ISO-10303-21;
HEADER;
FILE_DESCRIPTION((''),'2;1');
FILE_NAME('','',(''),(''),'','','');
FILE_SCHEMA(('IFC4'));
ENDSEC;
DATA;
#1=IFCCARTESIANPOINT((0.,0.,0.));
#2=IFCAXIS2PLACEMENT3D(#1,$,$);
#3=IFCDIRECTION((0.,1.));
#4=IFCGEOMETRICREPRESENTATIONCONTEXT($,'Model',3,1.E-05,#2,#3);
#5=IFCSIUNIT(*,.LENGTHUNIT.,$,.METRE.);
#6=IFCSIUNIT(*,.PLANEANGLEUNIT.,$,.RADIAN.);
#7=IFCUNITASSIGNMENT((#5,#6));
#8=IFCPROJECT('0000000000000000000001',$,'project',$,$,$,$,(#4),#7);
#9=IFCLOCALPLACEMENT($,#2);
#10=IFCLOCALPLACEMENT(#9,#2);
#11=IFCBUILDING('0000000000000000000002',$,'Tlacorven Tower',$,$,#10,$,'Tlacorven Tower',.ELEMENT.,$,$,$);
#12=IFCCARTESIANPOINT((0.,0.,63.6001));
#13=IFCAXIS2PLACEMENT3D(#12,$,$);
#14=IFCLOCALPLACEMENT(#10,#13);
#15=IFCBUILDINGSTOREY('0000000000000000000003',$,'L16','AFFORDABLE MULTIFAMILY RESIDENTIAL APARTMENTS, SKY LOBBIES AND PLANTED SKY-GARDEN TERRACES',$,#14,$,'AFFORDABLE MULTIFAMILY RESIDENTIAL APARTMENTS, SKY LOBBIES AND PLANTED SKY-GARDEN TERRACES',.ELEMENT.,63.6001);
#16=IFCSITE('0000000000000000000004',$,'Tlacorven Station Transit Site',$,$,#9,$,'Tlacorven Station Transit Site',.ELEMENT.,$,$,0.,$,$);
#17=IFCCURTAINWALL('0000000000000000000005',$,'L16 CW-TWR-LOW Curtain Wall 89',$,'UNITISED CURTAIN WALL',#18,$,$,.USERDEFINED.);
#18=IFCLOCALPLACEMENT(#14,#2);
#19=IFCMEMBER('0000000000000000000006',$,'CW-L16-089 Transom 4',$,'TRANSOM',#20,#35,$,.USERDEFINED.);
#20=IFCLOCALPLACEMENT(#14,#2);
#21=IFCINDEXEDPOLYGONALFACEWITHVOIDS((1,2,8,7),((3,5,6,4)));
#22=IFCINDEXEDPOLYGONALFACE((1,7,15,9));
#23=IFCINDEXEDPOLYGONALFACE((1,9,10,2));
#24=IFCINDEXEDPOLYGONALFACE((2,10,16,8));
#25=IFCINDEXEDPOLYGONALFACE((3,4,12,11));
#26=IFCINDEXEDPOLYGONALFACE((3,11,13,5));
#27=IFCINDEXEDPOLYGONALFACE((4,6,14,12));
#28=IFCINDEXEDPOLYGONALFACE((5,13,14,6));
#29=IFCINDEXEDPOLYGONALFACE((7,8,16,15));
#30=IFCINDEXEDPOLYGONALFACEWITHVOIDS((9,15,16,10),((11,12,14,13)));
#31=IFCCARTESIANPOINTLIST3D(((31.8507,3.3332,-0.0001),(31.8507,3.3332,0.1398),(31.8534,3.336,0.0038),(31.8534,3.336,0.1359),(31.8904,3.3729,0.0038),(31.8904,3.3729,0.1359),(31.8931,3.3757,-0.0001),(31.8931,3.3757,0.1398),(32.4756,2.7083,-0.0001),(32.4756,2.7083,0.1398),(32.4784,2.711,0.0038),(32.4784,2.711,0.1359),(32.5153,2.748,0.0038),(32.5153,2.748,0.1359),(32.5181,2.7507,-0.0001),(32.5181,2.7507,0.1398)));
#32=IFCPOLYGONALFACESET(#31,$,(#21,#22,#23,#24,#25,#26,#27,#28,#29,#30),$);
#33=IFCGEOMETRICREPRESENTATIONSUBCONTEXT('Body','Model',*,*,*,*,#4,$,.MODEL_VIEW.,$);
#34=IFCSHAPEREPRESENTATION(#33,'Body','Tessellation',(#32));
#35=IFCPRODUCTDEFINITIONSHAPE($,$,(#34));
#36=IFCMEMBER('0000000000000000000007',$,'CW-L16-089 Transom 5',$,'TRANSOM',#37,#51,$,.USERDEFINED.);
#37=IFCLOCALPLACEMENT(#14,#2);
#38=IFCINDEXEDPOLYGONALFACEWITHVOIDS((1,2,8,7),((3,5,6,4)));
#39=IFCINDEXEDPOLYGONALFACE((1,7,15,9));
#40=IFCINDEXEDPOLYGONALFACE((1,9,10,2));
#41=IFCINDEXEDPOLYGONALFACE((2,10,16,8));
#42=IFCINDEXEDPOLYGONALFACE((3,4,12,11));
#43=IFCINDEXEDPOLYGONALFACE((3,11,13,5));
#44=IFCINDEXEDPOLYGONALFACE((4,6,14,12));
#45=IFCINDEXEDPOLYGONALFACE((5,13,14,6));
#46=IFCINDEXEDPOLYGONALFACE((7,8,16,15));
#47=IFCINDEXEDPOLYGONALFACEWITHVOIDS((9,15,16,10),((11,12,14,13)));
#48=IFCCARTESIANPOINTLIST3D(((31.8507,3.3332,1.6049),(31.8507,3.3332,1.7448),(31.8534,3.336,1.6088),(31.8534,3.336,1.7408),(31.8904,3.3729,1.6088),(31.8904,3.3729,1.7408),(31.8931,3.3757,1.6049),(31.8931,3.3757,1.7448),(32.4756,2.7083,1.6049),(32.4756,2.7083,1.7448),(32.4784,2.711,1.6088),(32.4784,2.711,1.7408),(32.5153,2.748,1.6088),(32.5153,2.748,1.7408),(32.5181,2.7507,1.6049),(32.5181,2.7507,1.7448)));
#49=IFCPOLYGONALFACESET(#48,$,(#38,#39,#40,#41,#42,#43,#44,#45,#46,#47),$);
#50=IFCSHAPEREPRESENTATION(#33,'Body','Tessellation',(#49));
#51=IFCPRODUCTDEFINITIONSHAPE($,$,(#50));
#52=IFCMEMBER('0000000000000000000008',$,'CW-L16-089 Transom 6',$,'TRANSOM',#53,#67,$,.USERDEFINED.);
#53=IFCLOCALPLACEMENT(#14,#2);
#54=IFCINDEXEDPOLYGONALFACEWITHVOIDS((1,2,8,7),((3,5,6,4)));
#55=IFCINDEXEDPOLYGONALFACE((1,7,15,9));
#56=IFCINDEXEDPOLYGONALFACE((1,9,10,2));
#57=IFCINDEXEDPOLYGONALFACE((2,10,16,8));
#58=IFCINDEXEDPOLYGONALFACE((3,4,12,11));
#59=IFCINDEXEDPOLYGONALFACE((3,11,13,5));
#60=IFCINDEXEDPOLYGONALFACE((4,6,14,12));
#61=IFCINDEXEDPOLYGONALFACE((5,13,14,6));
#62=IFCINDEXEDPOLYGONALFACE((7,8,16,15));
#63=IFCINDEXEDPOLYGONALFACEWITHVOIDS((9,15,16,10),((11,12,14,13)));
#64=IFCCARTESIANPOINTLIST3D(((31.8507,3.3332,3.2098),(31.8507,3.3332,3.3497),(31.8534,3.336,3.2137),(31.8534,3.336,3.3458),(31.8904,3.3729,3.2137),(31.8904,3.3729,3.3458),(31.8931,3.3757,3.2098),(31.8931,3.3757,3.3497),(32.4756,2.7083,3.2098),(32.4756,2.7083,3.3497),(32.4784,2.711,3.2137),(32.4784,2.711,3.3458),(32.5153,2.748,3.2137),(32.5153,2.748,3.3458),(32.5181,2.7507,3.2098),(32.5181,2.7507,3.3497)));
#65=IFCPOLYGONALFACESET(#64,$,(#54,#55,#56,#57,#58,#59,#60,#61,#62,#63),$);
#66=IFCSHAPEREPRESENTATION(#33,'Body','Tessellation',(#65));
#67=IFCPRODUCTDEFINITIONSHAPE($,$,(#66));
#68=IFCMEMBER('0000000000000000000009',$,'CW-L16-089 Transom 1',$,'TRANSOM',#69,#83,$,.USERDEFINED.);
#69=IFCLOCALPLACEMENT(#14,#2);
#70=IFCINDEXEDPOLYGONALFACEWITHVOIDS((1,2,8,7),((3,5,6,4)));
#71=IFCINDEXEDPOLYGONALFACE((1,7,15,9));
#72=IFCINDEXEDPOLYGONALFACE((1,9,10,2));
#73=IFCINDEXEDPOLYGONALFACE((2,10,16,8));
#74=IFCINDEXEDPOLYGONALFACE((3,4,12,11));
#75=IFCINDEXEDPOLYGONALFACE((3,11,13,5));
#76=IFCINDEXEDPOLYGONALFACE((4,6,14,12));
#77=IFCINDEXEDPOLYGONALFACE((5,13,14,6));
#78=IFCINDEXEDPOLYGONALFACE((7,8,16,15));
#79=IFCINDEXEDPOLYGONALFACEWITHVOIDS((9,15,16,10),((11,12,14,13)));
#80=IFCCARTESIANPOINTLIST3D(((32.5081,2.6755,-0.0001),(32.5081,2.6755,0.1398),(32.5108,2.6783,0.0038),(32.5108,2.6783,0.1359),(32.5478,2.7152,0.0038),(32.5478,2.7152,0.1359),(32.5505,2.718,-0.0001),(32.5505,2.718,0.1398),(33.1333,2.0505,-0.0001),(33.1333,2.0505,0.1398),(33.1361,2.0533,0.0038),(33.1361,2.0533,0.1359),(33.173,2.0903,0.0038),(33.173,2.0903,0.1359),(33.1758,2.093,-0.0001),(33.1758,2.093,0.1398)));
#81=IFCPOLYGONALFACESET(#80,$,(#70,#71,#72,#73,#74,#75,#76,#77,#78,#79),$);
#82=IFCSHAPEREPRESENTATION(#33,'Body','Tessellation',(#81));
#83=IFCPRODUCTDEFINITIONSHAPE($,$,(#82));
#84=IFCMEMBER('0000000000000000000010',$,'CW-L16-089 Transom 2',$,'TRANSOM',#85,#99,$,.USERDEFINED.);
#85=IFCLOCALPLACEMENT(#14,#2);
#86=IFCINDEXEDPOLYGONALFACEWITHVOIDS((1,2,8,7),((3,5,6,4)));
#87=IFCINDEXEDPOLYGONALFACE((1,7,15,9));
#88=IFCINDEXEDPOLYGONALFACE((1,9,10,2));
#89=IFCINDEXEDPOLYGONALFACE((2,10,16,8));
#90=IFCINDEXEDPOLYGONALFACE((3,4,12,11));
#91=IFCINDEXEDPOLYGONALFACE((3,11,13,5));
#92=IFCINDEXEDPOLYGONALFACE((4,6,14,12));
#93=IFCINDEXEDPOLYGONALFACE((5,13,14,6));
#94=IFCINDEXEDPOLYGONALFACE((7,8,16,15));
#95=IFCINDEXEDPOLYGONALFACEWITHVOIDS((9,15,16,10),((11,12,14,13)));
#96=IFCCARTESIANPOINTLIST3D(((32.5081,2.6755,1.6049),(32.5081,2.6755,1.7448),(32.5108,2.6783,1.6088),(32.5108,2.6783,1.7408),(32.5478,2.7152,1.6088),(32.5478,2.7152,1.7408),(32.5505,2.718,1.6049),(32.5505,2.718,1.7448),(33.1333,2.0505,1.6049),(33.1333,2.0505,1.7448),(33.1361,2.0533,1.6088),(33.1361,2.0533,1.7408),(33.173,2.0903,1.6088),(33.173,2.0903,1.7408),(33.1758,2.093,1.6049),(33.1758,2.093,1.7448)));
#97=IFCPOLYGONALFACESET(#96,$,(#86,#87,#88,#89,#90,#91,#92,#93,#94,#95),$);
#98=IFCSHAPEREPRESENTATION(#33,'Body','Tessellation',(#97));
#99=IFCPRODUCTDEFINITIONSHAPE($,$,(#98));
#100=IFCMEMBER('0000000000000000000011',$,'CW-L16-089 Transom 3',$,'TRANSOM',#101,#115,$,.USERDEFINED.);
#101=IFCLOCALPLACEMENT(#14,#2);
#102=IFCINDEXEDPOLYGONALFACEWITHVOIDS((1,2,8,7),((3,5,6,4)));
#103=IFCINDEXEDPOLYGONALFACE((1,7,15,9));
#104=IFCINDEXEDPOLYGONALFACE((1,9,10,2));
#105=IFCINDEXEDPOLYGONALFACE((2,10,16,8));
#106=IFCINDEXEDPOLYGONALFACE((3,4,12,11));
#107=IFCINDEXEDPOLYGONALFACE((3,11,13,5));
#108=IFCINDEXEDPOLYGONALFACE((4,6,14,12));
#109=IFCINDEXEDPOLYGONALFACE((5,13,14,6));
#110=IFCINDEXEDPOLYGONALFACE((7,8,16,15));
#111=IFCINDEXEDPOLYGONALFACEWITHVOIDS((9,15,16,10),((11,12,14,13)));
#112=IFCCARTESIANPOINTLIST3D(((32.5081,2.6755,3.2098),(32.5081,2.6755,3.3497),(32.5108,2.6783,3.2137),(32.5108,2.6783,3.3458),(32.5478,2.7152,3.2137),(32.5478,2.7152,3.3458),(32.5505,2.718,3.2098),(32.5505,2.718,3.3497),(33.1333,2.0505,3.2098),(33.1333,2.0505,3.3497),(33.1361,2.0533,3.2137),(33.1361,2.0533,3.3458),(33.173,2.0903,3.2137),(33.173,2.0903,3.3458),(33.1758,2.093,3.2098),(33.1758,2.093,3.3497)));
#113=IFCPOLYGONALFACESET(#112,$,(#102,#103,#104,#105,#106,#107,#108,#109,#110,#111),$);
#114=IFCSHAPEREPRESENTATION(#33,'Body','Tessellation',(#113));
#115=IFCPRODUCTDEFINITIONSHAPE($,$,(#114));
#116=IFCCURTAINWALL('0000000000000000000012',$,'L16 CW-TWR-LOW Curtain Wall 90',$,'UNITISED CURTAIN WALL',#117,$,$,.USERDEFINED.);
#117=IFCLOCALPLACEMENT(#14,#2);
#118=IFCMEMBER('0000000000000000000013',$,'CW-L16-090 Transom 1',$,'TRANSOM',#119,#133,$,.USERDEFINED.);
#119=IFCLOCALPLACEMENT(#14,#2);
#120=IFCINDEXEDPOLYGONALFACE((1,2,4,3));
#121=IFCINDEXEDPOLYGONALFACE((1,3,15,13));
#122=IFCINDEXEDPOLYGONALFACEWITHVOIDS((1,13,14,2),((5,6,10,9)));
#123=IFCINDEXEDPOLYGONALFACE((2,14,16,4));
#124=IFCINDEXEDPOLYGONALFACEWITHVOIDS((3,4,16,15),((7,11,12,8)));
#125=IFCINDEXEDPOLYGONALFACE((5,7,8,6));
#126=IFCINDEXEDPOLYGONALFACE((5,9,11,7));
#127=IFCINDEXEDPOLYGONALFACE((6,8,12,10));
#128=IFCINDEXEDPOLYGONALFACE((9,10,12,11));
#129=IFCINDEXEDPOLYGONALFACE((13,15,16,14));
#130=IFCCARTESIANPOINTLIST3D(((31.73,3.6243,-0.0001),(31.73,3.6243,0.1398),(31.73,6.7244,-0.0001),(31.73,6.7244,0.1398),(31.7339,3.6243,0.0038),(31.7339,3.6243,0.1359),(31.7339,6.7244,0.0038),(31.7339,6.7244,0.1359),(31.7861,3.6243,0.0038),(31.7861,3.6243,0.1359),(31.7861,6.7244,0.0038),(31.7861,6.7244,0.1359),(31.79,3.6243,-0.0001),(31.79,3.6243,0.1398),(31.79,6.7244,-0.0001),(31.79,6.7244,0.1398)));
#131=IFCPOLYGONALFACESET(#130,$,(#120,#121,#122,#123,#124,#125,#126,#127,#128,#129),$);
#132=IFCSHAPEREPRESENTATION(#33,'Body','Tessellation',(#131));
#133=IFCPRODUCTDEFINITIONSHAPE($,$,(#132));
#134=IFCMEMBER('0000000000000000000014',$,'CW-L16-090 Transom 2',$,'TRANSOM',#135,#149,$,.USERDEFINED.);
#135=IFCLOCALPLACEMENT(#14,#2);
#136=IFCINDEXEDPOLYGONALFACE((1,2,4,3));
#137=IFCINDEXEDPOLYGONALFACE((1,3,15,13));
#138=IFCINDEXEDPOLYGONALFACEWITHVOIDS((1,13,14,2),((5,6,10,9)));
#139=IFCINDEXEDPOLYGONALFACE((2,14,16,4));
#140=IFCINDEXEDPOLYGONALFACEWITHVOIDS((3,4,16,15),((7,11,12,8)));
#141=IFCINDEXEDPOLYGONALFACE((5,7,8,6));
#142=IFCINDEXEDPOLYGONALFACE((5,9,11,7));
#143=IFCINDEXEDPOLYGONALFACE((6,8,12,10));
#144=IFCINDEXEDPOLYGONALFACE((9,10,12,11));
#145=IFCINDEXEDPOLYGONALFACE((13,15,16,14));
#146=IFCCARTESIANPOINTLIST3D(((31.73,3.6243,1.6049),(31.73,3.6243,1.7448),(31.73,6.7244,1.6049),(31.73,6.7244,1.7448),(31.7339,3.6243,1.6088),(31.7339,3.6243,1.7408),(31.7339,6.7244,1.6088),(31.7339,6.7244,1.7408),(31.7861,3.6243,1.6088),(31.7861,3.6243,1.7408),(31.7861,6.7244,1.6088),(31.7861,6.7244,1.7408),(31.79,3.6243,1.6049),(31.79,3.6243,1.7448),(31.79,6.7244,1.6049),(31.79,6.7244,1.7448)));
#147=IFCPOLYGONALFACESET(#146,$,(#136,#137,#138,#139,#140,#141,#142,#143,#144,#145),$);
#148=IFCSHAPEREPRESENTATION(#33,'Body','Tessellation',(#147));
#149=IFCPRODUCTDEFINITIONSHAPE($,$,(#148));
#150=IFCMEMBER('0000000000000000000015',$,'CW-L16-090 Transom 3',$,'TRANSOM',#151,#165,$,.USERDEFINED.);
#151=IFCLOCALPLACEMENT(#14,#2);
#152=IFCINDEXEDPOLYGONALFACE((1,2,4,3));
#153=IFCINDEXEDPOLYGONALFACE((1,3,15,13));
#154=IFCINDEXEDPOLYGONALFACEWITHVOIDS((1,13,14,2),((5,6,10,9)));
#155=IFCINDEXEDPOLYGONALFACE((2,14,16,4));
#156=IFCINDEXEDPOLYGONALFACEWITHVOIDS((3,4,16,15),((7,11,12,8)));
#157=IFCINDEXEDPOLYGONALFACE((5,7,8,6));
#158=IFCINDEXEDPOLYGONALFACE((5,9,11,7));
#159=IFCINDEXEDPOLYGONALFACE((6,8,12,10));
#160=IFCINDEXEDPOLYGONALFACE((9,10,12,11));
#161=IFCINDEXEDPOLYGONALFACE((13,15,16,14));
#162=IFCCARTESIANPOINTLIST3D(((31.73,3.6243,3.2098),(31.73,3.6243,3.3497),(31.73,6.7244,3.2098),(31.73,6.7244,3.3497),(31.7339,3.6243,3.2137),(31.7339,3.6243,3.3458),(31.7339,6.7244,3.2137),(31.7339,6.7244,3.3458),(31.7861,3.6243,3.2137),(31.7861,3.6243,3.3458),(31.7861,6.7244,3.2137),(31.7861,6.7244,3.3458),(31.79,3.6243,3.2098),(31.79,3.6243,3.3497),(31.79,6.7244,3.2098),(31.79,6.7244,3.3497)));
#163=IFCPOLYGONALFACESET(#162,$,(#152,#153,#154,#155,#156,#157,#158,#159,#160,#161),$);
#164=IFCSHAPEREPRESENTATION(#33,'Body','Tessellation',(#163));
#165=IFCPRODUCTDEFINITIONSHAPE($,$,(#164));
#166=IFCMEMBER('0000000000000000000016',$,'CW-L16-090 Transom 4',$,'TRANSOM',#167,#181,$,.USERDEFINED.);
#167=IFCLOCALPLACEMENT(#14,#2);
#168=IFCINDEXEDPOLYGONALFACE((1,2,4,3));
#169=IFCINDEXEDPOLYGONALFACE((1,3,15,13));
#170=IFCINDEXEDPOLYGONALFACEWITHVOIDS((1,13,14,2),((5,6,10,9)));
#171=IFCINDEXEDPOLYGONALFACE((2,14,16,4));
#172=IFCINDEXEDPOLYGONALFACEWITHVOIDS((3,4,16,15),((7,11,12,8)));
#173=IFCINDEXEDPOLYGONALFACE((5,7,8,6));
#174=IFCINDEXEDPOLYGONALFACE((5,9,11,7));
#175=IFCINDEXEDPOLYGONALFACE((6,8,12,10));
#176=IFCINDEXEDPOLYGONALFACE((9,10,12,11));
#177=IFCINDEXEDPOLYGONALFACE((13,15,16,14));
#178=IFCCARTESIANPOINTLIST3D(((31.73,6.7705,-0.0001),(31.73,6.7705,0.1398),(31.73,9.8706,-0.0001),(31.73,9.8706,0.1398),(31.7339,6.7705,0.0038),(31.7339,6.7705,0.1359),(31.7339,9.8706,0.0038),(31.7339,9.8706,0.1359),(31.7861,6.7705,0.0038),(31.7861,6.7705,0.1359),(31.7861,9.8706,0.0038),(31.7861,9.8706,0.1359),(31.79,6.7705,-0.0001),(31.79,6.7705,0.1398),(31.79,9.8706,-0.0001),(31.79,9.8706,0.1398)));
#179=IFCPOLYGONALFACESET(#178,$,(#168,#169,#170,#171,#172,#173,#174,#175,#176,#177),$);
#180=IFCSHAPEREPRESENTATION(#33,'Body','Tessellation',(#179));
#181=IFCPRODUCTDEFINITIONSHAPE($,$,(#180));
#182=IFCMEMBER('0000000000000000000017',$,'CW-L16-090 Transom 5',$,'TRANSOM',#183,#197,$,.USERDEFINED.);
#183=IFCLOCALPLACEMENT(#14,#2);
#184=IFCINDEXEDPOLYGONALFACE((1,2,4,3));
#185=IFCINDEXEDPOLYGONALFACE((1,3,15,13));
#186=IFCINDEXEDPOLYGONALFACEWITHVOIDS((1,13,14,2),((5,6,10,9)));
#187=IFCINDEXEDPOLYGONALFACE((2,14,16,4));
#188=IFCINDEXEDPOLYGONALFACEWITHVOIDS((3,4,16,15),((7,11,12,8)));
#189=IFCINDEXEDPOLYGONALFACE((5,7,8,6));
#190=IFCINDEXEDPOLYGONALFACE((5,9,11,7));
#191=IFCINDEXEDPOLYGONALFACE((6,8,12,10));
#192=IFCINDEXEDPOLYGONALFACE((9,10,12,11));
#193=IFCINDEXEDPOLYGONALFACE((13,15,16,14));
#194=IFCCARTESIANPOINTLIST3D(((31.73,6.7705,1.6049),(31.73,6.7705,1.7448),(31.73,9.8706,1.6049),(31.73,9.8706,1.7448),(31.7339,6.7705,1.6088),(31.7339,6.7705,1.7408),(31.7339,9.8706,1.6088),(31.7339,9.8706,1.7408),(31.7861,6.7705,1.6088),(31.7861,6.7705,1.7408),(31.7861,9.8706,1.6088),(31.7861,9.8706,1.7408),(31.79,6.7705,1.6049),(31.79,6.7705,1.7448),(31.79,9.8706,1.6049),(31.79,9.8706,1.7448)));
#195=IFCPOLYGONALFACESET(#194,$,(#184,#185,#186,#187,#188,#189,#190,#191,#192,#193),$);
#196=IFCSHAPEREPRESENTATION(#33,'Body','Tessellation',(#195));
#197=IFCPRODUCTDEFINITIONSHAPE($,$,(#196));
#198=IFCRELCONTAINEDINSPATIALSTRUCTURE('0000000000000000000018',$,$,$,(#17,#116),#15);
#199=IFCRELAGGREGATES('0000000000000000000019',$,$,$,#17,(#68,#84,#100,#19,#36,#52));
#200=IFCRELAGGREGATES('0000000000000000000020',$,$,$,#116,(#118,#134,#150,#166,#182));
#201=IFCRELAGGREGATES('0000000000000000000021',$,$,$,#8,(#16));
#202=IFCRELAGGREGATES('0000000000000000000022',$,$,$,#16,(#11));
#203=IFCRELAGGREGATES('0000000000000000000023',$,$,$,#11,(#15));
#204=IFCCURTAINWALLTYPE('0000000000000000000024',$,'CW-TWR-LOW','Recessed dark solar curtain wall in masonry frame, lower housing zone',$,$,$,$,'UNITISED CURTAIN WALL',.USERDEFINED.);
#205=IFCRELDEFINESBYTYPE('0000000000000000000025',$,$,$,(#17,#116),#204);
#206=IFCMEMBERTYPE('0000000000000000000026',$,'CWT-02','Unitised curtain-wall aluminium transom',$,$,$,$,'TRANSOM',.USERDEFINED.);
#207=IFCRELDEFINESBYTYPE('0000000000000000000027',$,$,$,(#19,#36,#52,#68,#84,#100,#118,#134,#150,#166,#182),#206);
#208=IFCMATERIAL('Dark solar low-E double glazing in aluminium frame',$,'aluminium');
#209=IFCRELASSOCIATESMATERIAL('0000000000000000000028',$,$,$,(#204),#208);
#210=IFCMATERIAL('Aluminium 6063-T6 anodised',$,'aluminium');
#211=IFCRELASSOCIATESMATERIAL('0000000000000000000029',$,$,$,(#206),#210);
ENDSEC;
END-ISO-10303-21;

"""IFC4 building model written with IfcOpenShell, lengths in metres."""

from ifc_helpers import new_model, si_unit, direction, frame, origin, origin_2d, place, context, subcontext, project, spatial, hollow_rectangle, extrude, source, transform, mapped, material, material_profile, profile_set, type_object, element, aggregate, save


model = new_model("IFC4")

# Units and contexts
model_context = context("Model", 3, precision=1e-05, world=origin(), true_north=direction((0.0, 1.0)))
body_context = subcontext(model_context, "Body", "Model", "MODEL_VIEW")
ifc_project = project(units=[si_unit("LENGTHUNIT", "METRE"), si_unit("PLANEANGLEUNIT", "RADIAN")], contexts=[model_context])

# Site, building, storey
site_placement = place(None, origin())
site = spatial("IfcSite", under=ifc_project, at=site_placement, Name="Tlacorven Station Transit Site", LongName="Tlacorven Station Transit Site", CompositionType="ELEMENT", RefElevation=0.0)
building_placement = place(site_placement, origin())
building = spatial("IfcBuilding", under=site, at=building_placement, Name="Tlacorven Tower", LongName="Tlacorven Tower", CompositionType="ELEMENT")
storey_placement = place(building_placement, frame((0.0, 0.0, 63.6001)))
storey = spatial("IfcBuildingStorey", under=building, at=storey_placement, Name="L16", Description="AFFORDABLE MULTIFAMILY RESIDENTIAL APARTMENTS, SKY LOBBIES AND PLANTED SKY-GARDEN TERRACES", LongName="AFFORDABLE MULTIFAMILY RESIDENTIAL APARTMENTS, SKY LOBBIES AND PLANTED SKY-GARDEN TERRACES", CompositionType="ELEMENT", Elevation=63.6001)

# Curtain walls, members
ifc_material_1 = material(Name="Dark solar low-E double glazing in aluminium frame", Category="aluminium")
curtain_wall_type = type_object("IfcCurtainWallType", Name="CW-TWR-LOW", Description="Recessed dark solar curtain wall in masonry frame, lower housing zone", ElementType="UNITISED CURTAIN WALL", PredefinedType="USERDEFINED", material=ifc_material_1)
curtain_wall_1_placement = place(storey_placement, origin())
curtain_wall_1 = element("IfcCurtainWall", 1, at=curtain_wall_1_placement, inside=storey, type_object=curtain_wall_type, Name="L16 CW-TWR-LOW Curtain Wall 89", ObjectType="UNITISED CURTAIN WALL", PredefinedType="USERDEFINED")
ifc_material_2 = material(Name="Aluminium 6063-T6 anodised", Category="aluminium")
ifc_material_profile_1 = material_profile(ifc_material_2, hollow_rectangle(XDim=0.0601, YDim=0.1399, WallThickness=0.0039, at=origin_2d()), Name="ALU TRANSOM 60X140")
ifc_profile_set_1 = profile_set([ifc_material_profile_1], Name="Aluminium 6063-T6 anodised")
member_type_1 = type_object("IfcMemberType", Name="CWT-02", Description="Unitised curtain-wall aluminium transom", ElementType="TRANSOM", PredefinedType="USERDEFINED", material=ifc_profile_set_1)
shared_shape_1 = source(origin(), body_context, "Body", "SweptSolid", [
    extrude(hollow_rectangle(XDim=0.0601, YDim=0.1399, WallThickness=0.0039, at=origin_2d()), origin(), (0.0, 0.0, 1.0), 0.8838),
])
member_1_placement = place(storey_placement, frame((32.4968, 2.7295, 0.0698), z_axis=(-0.707107, 0.707107, 0.0), x_axis=(-0.707107, -0.707107, 0.0)))
member_1 = element("IfcMember", 2, at=member_1_placement, type_object=member_type_1, Name="CW-L16-089 Transom 4", ObjectType="TRANSOM", PredefinedType="USERDEFINED", context=body_context, shape_type="MappedRepresentation", body=[
    mapped(shared_shape_1, transform((0.0, 0.0, 0.0), scale=1.0)),
])
member_2_placement = place(storey_placement, frame((32.4968, 2.7295, 1.6748), z_axis=(-0.707107, 0.707107, 0.0), x_axis=(-0.707107, -0.707107, 0.0)))
member_2 = element("IfcMember", 3, at=member_2_placement, type_object=member_type_1, Name="CW-L16-089 Transom 5", ObjectType="TRANSOM", PredefinedType="USERDEFINED", context=body_context, shape_type="MappedRepresentation", body=[
    mapped(shared_shape_1, transform((0.0, 0.0, 0.0), scale=1.0)),
])
member_3_placement = place(storey_placement, frame((32.4968, 2.7295, 3.2798), z_axis=(-0.707107, 0.707107, 0.0), x_axis=(-0.707107, -0.707107, 0.0)))
member_3 = element("IfcMember", 4, at=member_3_placement, type_object=member_type_1, Name="CW-L16-089 Transom 6", ObjectType="TRANSOM", PredefinedType="USERDEFINED", context=body_context, shape_type="MappedRepresentation", body=[
    mapped(shared_shape_1, transform((0.0, 0.0, 0.0), scale=1.0)),
])
shared_shape_2 = source(origin(), body_context, "Body", "SweptSolid", [
    extrude(hollow_rectangle(XDim=0.0601, YDim=0.1399, WallThickness=0.0039, at=origin_2d()), origin(), (0.0, 0.0, 1.0), 0.884),
])
member_4_placement = place(storey_placement, frame((33.1545, 2.0718, 0.0698), z_axis=(-0.707245, 0.706969, 0.0), x_axis=(-0.706969, -0.707245, 0.0)))
member_4 = element("IfcMember", 5, at=member_4_placement, type_object=member_type_1, Name="CW-L16-089 Transom 1", ObjectType="TRANSOM", PredefinedType="USERDEFINED", context=body_context, shape_type="MappedRepresentation", body=[
    mapped(shared_shape_2, transform((0.0, 0.0, 0.0), scale=1.0)),
])
member_5_placement = place(storey_placement, frame((33.1545, 2.0718, 1.6748), z_axis=(-0.707245, 0.706969, 0.0), x_axis=(-0.706969, -0.707245, 0.0)))
member_5 = element("IfcMember", 6, at=member_5_placement, type_object=member_type_1, Name="CW-L16-089 Transom 2", ObjectType="TRANSOM", PredefinedType="USERDEFINED", context=body_context, shape_type="MappedRepresentation", body=[
    mapped(shared_shape_2, transform((0.0, 0.0, 0.0), scale=1.0)),
])
member_6_placement = place(storey_placement, frame((33.1545, 2.0718, 3.2798), z_axis=(-0.707245, 0.706969, 0.0), x_axis=(-0.706969, -0.707245, 0.0)))
member_6 = element("IfcMember", 7, at=member_6_placement, type_object=member_type_1, Name="CW-L16-089 Transom 3", ObjectType="TRANSOM", PredefinedType="USERDEFINED", context=body_context, shape_type="MappedRepresentation", body=[
    mapped(shared_shape_2, transform((0.0, 0.0, 0.0), scale=1.0)),
])
curtain_wall_2_placement = place(storey_placement, origin())
curtain_wall_2 = element("IfcCurtainWall", 8, at=curtain_wall_2_placement, inside=storey, type_object=curtain_wall_type, Name="L16 CW-TWR-LOW Curtain Wall 90", ObjectType="UNITISED CURTAIN WALL", PredefinedType="USERDEFINED")
shared_shape_3 = source(origin(), body_context, "Body", "SweptSolid", [
    extrude(hollow_rectangle(XDim=0.0601, YDim=0.1399, WallThickness=0.0039, at=origin_2d()), origin(), (0.0, 0.0, 1.0), 3.1001),
])
member_7_placement = place(storey_placement, frame((31.76, 3.6243, 0.0698), z_axis=(0.0, 1.0, 0.0), x_axis=(-1.0, 0.0, 0.0)))
member_7 = element("IfcMember", 9, at=member_7_placement, type_object=member_type_1, Name="CW-L16-090 Transom 1", ObjectType="TRANSOM", PredefinedType="USERDEFINED", context=body_context, shape_type="MappedRepresentation", body=[
    mapped(shared_shape_3, transform((0.0, 0.0, 0.0), scale=1.0)),
])
member_8_placement = place(storey_placement, frame((31.76, 3.6243, 1.6748), z_axis=(0.0, 1.0, 0.0), x_axis=(-1.0, 0.0, 0.0)))
member_8 = element("IfcMember", 10, at=member_8_placement, type_object=member_type_1, Name="CW-L16-090 Transom 2", ObjectType="TRANSOM", PredefinedType="USERDEFINED", context=body_context, shape_type="MappedRepresentation", body=[
    mapped(shared_shape_3, transform((0.0, 0.0, 0.0), scale=1.0)),
])
member_9_placement = place(storey_placement, frame((31.76, 3.6243, 3.2798), z_axis=(0.0, 1.0, 0.0), x_axis=(-1.0, 0.0, 0.0)))
member_9 = element("IfcMember", 11, at=member_9_placement, type_object=member_type_1, Name="CW-L16-090 Transom 3", ObjectType="TRANSOM", PredefinedType="USERDEFINED", context=body_context, shape_type="MappedRepresentation", body=[
    mapped(shared_shape_3, transform((0.0, 0.0, 0.0), scale=1.0)),
])
member_10_placement = place(storey_placement, frame((31.76, 6.7705, 0.0698), z_axis=(0.0, 1.0, 0.0), x_axis=(-1.0, 0.0, 0.0)))
member_10 = element("IfcMember", 12, at=member_10_placement, type_object=member_type_1, Name="CW-L16-090 Transom 4", ObjectType="TRANSOM", PredefinedType="USERDEFINED", context=body_context, shape_type="MappedRepresentation", body=[
    mapped(shared_shape_3, transform((0.0, 0.0, 0.0), scale=1.0)),
])
member_11_placement = place(storey_placement, frame((31.76, 6.7705, 1.6748), z_axis=(0.0, 1.0, 0.0), x_axis=(-1.0, 0.0, 0.0)))
member_11 = element("IfcMember", 13, at=member_11_placement, type_object=member_type_1, Name="CW-L16-090 Transom 5", ObjectType="TRANSOM", PredefinedType="USERDEFINED", context=body_context, shape_type="MappedRepresentation", body=[
    mapped(shared_shape_3, transform((0.0, 0.0, 0.0), scale=1.0)),
])

aggregate(curtain_wall_1, [member_4, member_5, member_6, member_1, member_2, member_3])
aggregate(curtain_wall_2, [member_7, member_8, member_9, member_10, member_11])

save(model, "model.ifc")
